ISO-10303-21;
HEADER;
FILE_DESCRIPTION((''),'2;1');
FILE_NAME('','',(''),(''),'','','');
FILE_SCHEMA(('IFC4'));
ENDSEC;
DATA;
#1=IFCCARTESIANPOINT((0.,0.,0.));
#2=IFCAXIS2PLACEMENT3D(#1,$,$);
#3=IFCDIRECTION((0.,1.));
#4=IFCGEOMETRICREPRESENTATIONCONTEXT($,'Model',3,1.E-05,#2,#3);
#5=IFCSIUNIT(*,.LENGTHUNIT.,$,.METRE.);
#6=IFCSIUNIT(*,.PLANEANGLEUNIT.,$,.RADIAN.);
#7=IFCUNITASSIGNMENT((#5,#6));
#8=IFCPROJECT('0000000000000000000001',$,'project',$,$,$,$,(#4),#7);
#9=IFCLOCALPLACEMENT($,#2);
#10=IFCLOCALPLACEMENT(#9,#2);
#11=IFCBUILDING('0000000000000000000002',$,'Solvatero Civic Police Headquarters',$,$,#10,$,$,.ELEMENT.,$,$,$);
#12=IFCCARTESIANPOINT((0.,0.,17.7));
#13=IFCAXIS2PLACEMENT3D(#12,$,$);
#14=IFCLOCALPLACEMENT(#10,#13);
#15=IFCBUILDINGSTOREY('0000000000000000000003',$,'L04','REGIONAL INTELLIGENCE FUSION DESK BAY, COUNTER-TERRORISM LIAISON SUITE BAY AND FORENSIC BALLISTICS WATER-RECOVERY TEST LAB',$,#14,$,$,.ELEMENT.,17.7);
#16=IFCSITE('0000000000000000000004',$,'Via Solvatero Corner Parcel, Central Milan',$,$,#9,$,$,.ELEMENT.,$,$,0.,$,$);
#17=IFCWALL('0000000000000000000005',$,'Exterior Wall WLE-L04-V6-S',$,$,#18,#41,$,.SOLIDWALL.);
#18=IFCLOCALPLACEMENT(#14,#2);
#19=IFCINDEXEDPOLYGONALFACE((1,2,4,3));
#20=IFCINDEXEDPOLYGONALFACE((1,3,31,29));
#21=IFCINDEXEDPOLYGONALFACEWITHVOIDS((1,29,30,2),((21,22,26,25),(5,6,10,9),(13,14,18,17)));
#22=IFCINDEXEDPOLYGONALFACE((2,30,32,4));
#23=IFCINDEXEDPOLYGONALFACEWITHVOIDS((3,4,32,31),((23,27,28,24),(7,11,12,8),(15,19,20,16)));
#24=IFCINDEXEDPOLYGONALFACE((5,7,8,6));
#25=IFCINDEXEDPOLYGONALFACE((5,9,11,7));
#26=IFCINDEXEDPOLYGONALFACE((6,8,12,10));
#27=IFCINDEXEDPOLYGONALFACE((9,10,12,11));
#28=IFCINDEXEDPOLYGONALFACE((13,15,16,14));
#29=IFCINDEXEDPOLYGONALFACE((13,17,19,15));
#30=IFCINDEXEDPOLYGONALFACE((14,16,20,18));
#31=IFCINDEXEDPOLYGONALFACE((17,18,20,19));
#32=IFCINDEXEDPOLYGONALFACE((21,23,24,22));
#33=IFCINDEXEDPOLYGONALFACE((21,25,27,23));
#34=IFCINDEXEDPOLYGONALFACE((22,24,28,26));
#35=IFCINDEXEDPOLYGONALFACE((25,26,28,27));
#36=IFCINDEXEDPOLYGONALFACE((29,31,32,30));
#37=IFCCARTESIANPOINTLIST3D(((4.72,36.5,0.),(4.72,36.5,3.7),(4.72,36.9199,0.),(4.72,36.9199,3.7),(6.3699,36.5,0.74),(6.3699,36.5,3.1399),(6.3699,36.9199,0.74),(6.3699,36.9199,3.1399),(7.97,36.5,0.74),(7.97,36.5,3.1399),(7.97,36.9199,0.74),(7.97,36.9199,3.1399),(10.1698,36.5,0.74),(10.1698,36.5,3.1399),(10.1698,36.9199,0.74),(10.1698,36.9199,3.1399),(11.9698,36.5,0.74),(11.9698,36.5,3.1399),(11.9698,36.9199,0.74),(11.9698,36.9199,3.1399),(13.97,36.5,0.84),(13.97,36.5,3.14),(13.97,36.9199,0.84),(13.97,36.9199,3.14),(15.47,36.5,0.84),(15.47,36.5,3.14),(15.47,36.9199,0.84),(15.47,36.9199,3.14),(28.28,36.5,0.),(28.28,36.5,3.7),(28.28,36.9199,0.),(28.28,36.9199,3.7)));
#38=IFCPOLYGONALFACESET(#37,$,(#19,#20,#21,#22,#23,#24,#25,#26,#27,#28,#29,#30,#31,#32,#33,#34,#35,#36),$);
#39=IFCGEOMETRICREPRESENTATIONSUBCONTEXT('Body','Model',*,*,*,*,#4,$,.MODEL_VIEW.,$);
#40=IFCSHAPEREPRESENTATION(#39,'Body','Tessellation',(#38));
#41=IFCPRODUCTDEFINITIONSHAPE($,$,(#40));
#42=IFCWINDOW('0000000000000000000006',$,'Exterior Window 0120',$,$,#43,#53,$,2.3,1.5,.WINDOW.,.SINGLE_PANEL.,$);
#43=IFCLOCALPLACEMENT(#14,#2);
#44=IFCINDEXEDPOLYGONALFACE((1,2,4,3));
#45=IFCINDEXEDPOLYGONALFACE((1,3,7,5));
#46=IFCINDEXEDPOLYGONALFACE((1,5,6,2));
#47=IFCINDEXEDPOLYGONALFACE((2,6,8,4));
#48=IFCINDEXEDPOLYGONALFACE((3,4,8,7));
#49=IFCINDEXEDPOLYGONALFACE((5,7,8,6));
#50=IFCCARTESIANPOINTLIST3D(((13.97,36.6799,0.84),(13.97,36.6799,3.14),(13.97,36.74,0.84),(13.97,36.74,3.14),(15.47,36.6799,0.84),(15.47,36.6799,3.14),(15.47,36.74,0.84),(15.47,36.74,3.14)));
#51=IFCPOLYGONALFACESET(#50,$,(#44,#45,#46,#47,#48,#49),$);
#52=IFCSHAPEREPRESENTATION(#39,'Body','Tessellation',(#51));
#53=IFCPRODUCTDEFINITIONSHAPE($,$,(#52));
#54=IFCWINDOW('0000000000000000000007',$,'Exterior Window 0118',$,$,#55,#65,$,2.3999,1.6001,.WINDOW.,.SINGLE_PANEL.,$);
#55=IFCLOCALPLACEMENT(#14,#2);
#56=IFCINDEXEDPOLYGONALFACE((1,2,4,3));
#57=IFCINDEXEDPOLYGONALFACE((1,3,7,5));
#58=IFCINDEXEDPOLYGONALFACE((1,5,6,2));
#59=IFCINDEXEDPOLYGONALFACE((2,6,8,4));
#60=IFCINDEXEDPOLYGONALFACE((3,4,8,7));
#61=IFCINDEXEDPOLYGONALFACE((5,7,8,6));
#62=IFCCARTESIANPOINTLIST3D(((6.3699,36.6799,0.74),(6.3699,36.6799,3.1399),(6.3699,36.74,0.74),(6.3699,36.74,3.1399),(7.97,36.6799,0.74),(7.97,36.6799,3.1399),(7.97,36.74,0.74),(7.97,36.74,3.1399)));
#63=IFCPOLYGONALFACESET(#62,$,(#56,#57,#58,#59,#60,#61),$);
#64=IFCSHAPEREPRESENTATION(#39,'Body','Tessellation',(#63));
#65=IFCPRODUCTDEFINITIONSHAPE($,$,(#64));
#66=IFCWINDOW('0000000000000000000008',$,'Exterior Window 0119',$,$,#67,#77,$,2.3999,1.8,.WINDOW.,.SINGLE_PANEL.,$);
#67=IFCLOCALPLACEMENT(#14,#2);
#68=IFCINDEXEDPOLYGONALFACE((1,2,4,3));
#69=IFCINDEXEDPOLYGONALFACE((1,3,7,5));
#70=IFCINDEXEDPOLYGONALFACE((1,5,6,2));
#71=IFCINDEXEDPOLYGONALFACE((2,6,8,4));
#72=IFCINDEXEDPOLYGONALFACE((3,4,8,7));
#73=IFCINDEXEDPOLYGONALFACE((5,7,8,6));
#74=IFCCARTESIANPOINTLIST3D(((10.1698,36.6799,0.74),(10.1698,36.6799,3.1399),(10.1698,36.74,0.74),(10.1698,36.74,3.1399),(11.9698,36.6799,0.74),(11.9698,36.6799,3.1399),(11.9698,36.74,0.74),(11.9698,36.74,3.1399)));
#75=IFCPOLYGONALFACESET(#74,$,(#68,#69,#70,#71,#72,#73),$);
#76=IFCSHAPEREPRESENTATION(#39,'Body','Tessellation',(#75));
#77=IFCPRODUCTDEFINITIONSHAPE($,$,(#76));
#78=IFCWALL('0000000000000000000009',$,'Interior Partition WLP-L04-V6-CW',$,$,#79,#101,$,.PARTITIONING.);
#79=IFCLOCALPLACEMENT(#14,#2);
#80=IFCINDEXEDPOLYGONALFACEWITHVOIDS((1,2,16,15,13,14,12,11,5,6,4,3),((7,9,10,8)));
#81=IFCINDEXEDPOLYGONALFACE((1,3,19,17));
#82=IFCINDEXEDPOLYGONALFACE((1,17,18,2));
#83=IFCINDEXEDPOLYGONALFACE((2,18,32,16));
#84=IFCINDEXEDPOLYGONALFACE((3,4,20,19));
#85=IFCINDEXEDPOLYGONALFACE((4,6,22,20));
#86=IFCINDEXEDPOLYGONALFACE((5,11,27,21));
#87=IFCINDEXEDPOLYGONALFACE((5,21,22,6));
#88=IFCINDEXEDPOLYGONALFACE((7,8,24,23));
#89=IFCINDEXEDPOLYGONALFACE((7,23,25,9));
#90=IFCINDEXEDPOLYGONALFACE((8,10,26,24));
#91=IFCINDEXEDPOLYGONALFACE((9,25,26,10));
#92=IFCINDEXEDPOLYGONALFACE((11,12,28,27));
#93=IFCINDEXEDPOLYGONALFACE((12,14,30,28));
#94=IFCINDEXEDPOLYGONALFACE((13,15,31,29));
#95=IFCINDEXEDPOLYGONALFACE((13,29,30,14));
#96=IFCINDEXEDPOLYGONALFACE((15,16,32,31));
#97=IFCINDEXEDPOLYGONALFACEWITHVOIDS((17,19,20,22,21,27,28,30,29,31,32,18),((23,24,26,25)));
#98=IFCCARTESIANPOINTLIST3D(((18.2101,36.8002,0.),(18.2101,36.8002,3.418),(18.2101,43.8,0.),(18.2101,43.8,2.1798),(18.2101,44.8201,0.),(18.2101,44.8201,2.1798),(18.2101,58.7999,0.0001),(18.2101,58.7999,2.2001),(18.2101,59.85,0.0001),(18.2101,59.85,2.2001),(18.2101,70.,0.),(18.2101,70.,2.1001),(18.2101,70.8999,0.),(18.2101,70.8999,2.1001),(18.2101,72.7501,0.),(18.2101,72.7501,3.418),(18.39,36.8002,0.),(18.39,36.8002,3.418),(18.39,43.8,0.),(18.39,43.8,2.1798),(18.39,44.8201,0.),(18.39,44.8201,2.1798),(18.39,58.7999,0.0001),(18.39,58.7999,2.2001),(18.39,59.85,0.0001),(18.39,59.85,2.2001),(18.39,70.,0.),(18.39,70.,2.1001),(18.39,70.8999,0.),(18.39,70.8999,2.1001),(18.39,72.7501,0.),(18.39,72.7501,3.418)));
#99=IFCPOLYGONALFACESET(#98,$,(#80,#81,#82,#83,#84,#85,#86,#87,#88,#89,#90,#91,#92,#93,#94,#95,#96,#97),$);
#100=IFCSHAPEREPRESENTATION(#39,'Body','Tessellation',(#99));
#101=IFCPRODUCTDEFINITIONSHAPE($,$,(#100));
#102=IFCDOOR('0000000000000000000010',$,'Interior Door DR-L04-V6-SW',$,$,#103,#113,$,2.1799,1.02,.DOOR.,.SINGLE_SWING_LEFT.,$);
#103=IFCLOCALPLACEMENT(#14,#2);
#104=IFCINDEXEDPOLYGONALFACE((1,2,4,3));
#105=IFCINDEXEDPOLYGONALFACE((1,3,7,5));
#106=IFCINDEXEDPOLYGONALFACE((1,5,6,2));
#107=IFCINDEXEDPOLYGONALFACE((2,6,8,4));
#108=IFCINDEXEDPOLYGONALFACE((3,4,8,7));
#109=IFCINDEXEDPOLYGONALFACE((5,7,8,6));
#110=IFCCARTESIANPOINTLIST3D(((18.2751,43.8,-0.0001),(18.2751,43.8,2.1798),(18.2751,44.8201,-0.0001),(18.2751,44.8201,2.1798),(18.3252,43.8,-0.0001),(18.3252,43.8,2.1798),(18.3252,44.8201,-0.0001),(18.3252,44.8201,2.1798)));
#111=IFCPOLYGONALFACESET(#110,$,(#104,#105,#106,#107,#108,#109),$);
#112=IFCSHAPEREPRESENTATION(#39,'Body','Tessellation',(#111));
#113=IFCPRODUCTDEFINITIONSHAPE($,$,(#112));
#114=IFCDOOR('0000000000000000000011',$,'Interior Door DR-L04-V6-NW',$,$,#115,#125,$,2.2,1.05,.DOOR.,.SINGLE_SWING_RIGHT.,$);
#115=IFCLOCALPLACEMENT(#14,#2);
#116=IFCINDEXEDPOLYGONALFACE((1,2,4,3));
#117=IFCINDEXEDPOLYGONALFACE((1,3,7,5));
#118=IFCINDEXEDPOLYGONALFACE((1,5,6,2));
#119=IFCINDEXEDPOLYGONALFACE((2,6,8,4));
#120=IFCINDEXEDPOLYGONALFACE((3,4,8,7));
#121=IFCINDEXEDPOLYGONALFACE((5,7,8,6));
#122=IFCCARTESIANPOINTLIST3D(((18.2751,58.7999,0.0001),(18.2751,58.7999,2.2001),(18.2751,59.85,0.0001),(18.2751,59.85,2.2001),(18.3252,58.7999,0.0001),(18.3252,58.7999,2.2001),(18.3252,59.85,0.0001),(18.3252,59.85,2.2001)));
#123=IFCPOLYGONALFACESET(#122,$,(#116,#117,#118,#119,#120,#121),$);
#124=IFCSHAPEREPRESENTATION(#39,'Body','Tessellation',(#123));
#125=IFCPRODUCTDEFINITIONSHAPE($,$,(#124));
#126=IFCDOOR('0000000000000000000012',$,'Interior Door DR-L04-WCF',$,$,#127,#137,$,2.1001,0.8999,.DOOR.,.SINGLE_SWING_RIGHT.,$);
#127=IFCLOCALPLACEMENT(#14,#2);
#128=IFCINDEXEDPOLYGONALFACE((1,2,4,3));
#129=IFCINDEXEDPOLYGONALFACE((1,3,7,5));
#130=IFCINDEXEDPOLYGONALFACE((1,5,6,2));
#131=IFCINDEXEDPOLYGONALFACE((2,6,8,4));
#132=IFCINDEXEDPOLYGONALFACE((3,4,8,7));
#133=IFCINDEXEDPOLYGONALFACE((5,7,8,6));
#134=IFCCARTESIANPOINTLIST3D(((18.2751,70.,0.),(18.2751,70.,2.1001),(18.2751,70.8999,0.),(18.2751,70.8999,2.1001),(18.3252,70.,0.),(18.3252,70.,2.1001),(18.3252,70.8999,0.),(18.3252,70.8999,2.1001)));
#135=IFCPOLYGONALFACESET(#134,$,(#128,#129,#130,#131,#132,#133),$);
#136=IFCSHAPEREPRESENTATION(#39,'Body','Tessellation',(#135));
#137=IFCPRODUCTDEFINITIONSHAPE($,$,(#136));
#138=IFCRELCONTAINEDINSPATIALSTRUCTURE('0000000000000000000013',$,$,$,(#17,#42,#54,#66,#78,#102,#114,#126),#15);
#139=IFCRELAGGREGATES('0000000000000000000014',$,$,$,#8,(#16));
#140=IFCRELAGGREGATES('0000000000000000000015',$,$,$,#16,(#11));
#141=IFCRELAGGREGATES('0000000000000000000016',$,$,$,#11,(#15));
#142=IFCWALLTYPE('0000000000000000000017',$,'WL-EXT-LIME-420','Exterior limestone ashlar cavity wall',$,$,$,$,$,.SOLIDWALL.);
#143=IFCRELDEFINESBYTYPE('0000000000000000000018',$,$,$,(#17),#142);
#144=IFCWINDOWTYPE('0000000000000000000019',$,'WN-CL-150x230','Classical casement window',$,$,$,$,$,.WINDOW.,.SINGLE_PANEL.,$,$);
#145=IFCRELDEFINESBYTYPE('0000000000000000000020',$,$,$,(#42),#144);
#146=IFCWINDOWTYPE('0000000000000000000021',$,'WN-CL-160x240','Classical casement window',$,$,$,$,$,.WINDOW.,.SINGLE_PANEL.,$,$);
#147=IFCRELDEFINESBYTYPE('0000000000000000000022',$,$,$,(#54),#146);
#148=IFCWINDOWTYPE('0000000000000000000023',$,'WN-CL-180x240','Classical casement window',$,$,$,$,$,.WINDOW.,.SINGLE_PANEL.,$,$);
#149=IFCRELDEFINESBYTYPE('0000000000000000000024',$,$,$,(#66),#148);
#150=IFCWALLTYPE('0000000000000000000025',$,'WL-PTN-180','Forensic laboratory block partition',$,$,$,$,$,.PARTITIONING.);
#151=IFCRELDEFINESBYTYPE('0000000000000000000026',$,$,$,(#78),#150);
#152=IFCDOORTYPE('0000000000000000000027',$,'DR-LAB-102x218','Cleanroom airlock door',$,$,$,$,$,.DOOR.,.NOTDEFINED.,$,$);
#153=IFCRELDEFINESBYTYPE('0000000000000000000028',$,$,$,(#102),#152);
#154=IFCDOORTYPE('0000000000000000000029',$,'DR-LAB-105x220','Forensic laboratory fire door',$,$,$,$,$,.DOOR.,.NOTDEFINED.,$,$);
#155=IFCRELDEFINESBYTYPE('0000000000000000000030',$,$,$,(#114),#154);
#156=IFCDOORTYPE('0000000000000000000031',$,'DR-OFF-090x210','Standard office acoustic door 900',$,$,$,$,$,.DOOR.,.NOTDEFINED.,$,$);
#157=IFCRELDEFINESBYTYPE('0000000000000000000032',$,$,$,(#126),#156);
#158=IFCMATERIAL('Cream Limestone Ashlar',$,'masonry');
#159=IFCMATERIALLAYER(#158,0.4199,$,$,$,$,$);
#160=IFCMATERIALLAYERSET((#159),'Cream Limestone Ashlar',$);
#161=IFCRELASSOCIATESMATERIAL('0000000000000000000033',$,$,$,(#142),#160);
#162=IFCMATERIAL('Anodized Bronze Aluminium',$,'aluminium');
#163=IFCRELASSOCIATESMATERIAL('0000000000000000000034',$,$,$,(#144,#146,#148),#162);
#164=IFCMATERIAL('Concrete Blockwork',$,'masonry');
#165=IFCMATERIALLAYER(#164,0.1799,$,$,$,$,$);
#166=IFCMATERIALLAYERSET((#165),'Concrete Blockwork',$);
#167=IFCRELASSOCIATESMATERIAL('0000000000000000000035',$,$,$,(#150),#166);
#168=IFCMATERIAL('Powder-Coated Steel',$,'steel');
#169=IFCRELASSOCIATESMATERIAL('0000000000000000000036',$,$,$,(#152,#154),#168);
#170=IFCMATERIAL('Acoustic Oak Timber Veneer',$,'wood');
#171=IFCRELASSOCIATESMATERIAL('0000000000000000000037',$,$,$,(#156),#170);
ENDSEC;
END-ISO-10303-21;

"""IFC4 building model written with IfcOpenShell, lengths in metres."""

from ifc_helpers import new_model, si_unit, direction, frame, frame_2d, origin, place, context, subcontext, project, spatial, rectangle, extrude, material, layer, layer_set, type_object, element, fill, save


model = new_model("IFC4")

# Units and contexts
model_context = context("Model", 3, precision=1e-05, world=origin(), true_north=direction((0.0, 1.0)))
body_context = subcontext(model_context, "Body", "Model", "MODEL_VIEW")
ifc_project = project(units=[si_unit("LENGTHUNIT", "METRE"), si_unit("PLANEANGLEUNIT", "RADIAN")], contexts=[model_context])

# Site, building, storey
site_placement = place(None, origin())
site = spatial("IfcSite", under=ifc_project, at=site_placement, Name="Via Solvatero Corner Parcel, Central Milan", CompositionType="ELEMENT", RefElevation=0.0)
building_placement = place(site_placement, origin())
building = spatial("IfcBuilding", under=site, at=building_placement, Name="Solvatero Civic Police Headquarters", CompositionType="ELEMENT")
storey_placement = place(building_placement, frame((0.0, 0.0, 17.7)))
storey = spatial("IfcBuildingStorey", under=building, at=storey_placement, Name="L04", Description="REGIONAL INTELLIGENCE FUSION DESK BAY, COUNTER-TERRORISM LIAISON SUITE BAY AND FORENSIC BALLISTICS WATER-RECOVERY TEST LAB", CompositionType="ELEMENT", Elevation=17.7)

# Wall, openings, windows
ifc_material_1 = material(Name="Cream Limestone Ashlar", Category="masonry")
ifc_layer_1 = layer(ifc_material_1, 0.4199)
ifc_layer_set_1 = layer_set([ifc_layer_1], Name="Cream Limestone Ashlar")
wall_type_1 = type_object("IfcWallType", Name="WL-EXT-LIME-420", Description="Exterior limestone ashlar cavity wall", PredefinedType="SOLIDWALL", material=ifc_layer_set_1)
ifc_material_2 = material(Name="Anodized Bronze Aluminium", Category="aluminium")
window_type_1 = type_object("IfcWindowType", Name="WN-CL-150x230", Description="Classical casement window", PartitioningType="SINGLE_PANEL", PredefinedType="WINDOW", material=ifc_material_2)
window_type_2 = type_object("IfcWindowType", Name="WN-CL-160x240", Description="Classical casement window", PartitioningType="SINGLE_PANEL", PredefinedType="WINDOW", material=ifc_material_2)
window_type_3 = type_object("IfcWindowType", Name="WN-CL-180x240", Description="Classical casement window", PartitioningType="SINGLE_PANEL", PredefinedType="WINDOW", material=ifc_material_2)
wall_1_placement = place(storey_placement, frame((4.72, 36.71, 0.0), z_axis=(0.0, 0.0, 1.0), x_axis=(1.0, 0.0, 0.0)))
wall_1 = element("IfcWall", 1, at=wall_1_placement, inside=storey, type_object=wall_type_1, Name="Exterior Wall WLE-L04-V6-S", PredefinedType="SOLIDWALL", context=body_context, shape_type="SweptSolid", body=[
    extrude(rectangle(XDim=23.5601, YDim=0.4199, at=frame_2d((11.78, 0.0))), origin(), (0.0, 0.0, 1.0), 3.7),
])
opening_1_placement = place(wall_1_placement, frame((1.6499, 0.0, 0.74)))
opening_1 = element("IfcOpeningElement", 2, at=opening_1_placement, cuts=wall_1, PredefinedType="OPENING", context=body_context, shape_type="SweptSolid", body=[
    extrude(rectangle(XDim=1.6001, YDim=2.3999, at=frame_2d((0.8, 1.2))), frame((0.0, 0.22, 0.0), z_axis=(0.0, -1.0, 0.0), x_axis=(1.0, 0.0, 0.0)), (0.0, 0.0, 1.0), 0.4399),
])
opening_2_placement = place(wall_1_placement, frame((5.45, 0.0, 0.74)))
opening_2 = element("IfcOpeningElement", 3, at=opening_2_placement, cuts=wall_1, PredefinedType="OPENING", context=body_context, shape_type="SweptSolid", body=[
    extrude(rectangle(XDim=1.8, YDim=2.3999, at=frame_2d((0.8999, 1.2))), frame((0.0, 0.22, 0.0), z_axis=(0.0, -1.0, 0.0), x_axis=(1.0, 0.0, 0.0)), (0.0, 0.0, 1.0), 0.4399),
])
opening_3_placement = place(wall_1_placement, frame((9.25, 0.0, 0.8401)))
opening_3 = element("IfcOpeningElement", 4, at=opening_3_placement, cuts=wall_1, PredefinedType="OPENING", context=body_context, shape_type="SweptSolid", body=[
    extrude(rectangle(XDim=1.5, YDim=2.3, at=frame_2d((0.75, 1.1499))), frame((0.0, 0.22, 0.0), z_axis=(0.0, -1.0, 0.0), x_axis=(1.0, 0.0, 0.0)), (0.0, 0.0, 1.0), 0.4399),
])
window_1_placement = place(opening_3_placement, origin())
window_1 = element("IfcWindow", 5, at=window_1_placement, inside=storey, type_object=window_type_1, Name="Exterior Window 0120", OverallHeight=2.3, OverallWidth=1.5, PartitioningType="SINGLE_PANEL", PredefinedType="WINDOW", context=body_context, shape_type="SweptSolid", body=[
    extrude(rectangle(XDim=1.5, YDim=2.3, at=frame_2d((0.75, 1.1499))), frame((0.0, 0.03, 0.0), z_axis=(0.0, -1.0, 0.0), x_axis=(1.0, 0.0, 0.0)), (0.0, 0.0, 1.0), 0.0601),
])
fill(opening_3, window_1)
window_2_placement = place(opening_1_placement, origin())
window_2 = element("IfcWindow", 6, at=window_2_placement, inside=storey, type_object=window_type_2, Name="Exterior Window 0118", OverallHeight=2.3999, OverallWidth=1.6001, PartitioningType="SINGLE_PANEL", PredefinedType="WINDOW", context=body_context, shape_type="SweptSolid", body=[
    extrude(rectangle(XDim=1.6001, YDim=2.3999, at=frame_2d((0.8, 1.2))), frame((0.0, 0.03, 0.0), z_axis=(0.0, -1.0, 0.0), x_axis=(1.0, 0.0, 0.0)), (0.0, 0.0, 1.0), 0.0601),
])
fill(opening_1, window_2)
window_3_placement = place(opening_2_placement, origin())
window_3 = element("IfcWindow", 7, at=window_3_placement, inside=storey, type_object=window_type_3, Name="Exterior Window 0119", OverallHeight=2.3999, OverallWidth=1.8, PartitioningType="SINGLE_PANEL", PredefinedType="WINDOW", context=body_context, shape_type="SweptSolid", body=[
    extrude(rectangle(XDim=1.8, YDim=2.3999, at=frame_2d((0.8999, 1.2))), frame((0.0, 0.03, 0.0), z_axis=(0.0, -1.0, 0.0), x_axis=(1.0, 0.0, 0.0)), (0.0, 0.0, 1.0), 0.0601),
])
fill(opening_2, window_3)

# Wall, openings, doors
ifc_material_3 = material(Name="Concrete Blockwork", Category="masonry")
ifc_layer_2 = layer(ifc_material_3, 0.1799)
ifc_layer_set_2 = layer_set([ifc_layer_2], Name="Concrete Blockwork")
wall_type_2 = type_object("IfcWallType", Name="WL-PTN-180", Description="Forensic laboratory block partition", PredefinedType="PARTITIONING", material=ifc_layer_set_2)
wall_2_placement = place(storey_placement, frame((18.3, 36.8, 0.0), z_axis=(0.0, 0.0, 1.0), x_axis=(0.0, 1.0, 0.0)))
wall_2 = element("IfcWall", 8, at=wall_2_placement, inside=storey, type_object=wall_type_2, Name="Interior Partition WLP-L04-V6-CW", PredefinedType="PARTITIONING", context=body_context, shape_type="SweptSolid", body=[
    extrude(rectangle(XDim=35.95, YDim=0.1799, at=frame_2d((17.9751, 0.0))), origin(), (0.0, 0.0, 1.0), 3.418),
])
opening_4_placement = place(wall_2_placement, frame((7.0, 0.0, 0.0)))
opening_4 = element("IfcOpeningElement", 9, at=opening_4_placement, cuts=wall_2, PredefinedType="OPENING", context=body_context, shape_type="SweptSolid", body=[
    extrude(rectangle(XDim=1.02, YDim=2.1799, at=frame_2d((0.51, 1.0898))), frame((0.0, 0.0999, 0.0), z_axis=(0.0, -1.0, 0.0), x_axis=(1.0, 0.0, 0.0)), (0.0, 0.0, 1.0), 0.2),
])
opening_5_placement = place(wall_2_placement, frame((22.0, 0.0, 0.0)))
opening_5 = element("IfcOpeningElement", 10, at=opening_5_placement, cuts=wall_2, PredefinedType="OPENING", context=body_context, shape_type="SweptSolid", body=[
    extrude(rectangle(XDim=1.05, YDim=2.2, at=frame_2d((0.5249, 1.1001))), frame((0.0, 0.0999, 0.0), z_axis=(0.0, -1.0, 0.0), x_axis=(1.0, 0.0, 0.0)), (0.0, 0.0, 1.0), 0.2),
])
opening_6_placement = place(wall_2_placement, frame((33.2, 0.0, 0.0)))
opening_6 = element("IfcOpeningElement", 11, at=opening_6_placement, cuts=wall_2, PredefinedType="OPENING", context=body_context, shape_type="SweptSolid", body=[
    extrude(rectangle(XDim=0.8999, YDim=2.1001, at=frame_2d((0.45, 1.05))), frame((0.0, 0.0999, 0.0), z_axis=(0.0, -1.0, 0.0), x_axis=(1.0, 0.0, 0.0)), (0.0, 0.0, 1.0), 0.2),
])
ifc_material_4 = material(Name="Powder-Coated Steel", Category="steel")
door_type_1 = type_object("IfcDoorType", Name="DR-LAB-102x218", Description="Cleanroom airlock door", OperationType="NOTDEFINED", PredefinedType="DOOR", material=ifc_material_4)
door_1_placement = place(opening_4_placement, origin())
door_1 = element("IfcDoor", 12, at=door_1_placement, inside=storey, type_object=door_type_1, Name="Interior Door DR-L04-V6-SW", OperationType="SINGLE_SWING_LEFT", OverallHeight=2.1799, OverallWidth=1.02, PredefinedType="DOOR", context=body_context, shape_type="SweptSolid", body=[
    extrude(rectangle(XDim=1.02, YDim=2.1799, at=frame_2d((0.51, 1.0898))), frame((0.0, 0.0249, 0.0), z_axis=(0.0, -1.0, 0.0), x_axis=(1.0, 0.0, 0.0)), (0.0, 0.0, 1.0), 0.05),
])
fill(opening_4, door_1)
door_type_2 = type_object("IfcDoorType", Name="DR-LAB-105x220", Description="Forensic laboratory fire door", OperationType="NOTDEFINED", PredefinedType="DOOR", material=ifc_material_4)
door_2_placement = place(opening_5_placement, origin())
door_2 = element("IfcDoor", 13, at=door_2_placement, inside=storey, type_object=door_type_2, Name="Interior Door DR-L04-V6-NW", OperationType="SINGLE_SWING_RIGHT", OverallHeight=2.2, OverallWidth=1.05, PredefinedType="DOOR", context=body_context, shape_type="SweptSolid", body=[
    extrude(rectangle(XDim=1.05, YDim=2.2, at=frame_2d((0.5249, 1.1001))), frame((0.0, 0.0249, 0.0), z_axis=(0.0, -1.0, 0.0), x_axis=(1.0, 0.0, 0.0)), (0.0, 0.0, 1.0), 0.05),
])
fill(opening_5, door_2)
ifc_material_5 = material(Name="Acoustic Oak Timber Veneer", Category="wood")
door_type_3 = type_object("IfcDoorType", Name="DR-OFF-090x210", Description="Standard office acoustic door 900", OperationType="NOTDEFINED", PredefinedType="DOOR", material=ifc_material_5)
door_3_placement = place(opening_6_placement, origin())
door_3 = element("IfcDoor", 14, at=door_3_placement, inside=storey, type_object=door_type_3, Name="Interior Door DR-L04-WCF", OperationType="SINGLE_SWING_RIGHT", OverallHeight=2.1001, OverallWidth=0.8999, PredefinedType="DOOR", context=body_context, shape_type="SweptSolid", body=[
    extrude(rectangle(XDim=0.8999, YDim=2.1001, at=frame_2d((0.45, 1.05))), frame((0.0, 0.0249, 0.0), z_axis=(0.0, -1.0, 0.0), x_axis=(1.0, 0.0, 0.0)), (0.0, 0.0, 1.0), 0.05),
])
fill(opening_6, door_3)

save(model, "model.ifc")
